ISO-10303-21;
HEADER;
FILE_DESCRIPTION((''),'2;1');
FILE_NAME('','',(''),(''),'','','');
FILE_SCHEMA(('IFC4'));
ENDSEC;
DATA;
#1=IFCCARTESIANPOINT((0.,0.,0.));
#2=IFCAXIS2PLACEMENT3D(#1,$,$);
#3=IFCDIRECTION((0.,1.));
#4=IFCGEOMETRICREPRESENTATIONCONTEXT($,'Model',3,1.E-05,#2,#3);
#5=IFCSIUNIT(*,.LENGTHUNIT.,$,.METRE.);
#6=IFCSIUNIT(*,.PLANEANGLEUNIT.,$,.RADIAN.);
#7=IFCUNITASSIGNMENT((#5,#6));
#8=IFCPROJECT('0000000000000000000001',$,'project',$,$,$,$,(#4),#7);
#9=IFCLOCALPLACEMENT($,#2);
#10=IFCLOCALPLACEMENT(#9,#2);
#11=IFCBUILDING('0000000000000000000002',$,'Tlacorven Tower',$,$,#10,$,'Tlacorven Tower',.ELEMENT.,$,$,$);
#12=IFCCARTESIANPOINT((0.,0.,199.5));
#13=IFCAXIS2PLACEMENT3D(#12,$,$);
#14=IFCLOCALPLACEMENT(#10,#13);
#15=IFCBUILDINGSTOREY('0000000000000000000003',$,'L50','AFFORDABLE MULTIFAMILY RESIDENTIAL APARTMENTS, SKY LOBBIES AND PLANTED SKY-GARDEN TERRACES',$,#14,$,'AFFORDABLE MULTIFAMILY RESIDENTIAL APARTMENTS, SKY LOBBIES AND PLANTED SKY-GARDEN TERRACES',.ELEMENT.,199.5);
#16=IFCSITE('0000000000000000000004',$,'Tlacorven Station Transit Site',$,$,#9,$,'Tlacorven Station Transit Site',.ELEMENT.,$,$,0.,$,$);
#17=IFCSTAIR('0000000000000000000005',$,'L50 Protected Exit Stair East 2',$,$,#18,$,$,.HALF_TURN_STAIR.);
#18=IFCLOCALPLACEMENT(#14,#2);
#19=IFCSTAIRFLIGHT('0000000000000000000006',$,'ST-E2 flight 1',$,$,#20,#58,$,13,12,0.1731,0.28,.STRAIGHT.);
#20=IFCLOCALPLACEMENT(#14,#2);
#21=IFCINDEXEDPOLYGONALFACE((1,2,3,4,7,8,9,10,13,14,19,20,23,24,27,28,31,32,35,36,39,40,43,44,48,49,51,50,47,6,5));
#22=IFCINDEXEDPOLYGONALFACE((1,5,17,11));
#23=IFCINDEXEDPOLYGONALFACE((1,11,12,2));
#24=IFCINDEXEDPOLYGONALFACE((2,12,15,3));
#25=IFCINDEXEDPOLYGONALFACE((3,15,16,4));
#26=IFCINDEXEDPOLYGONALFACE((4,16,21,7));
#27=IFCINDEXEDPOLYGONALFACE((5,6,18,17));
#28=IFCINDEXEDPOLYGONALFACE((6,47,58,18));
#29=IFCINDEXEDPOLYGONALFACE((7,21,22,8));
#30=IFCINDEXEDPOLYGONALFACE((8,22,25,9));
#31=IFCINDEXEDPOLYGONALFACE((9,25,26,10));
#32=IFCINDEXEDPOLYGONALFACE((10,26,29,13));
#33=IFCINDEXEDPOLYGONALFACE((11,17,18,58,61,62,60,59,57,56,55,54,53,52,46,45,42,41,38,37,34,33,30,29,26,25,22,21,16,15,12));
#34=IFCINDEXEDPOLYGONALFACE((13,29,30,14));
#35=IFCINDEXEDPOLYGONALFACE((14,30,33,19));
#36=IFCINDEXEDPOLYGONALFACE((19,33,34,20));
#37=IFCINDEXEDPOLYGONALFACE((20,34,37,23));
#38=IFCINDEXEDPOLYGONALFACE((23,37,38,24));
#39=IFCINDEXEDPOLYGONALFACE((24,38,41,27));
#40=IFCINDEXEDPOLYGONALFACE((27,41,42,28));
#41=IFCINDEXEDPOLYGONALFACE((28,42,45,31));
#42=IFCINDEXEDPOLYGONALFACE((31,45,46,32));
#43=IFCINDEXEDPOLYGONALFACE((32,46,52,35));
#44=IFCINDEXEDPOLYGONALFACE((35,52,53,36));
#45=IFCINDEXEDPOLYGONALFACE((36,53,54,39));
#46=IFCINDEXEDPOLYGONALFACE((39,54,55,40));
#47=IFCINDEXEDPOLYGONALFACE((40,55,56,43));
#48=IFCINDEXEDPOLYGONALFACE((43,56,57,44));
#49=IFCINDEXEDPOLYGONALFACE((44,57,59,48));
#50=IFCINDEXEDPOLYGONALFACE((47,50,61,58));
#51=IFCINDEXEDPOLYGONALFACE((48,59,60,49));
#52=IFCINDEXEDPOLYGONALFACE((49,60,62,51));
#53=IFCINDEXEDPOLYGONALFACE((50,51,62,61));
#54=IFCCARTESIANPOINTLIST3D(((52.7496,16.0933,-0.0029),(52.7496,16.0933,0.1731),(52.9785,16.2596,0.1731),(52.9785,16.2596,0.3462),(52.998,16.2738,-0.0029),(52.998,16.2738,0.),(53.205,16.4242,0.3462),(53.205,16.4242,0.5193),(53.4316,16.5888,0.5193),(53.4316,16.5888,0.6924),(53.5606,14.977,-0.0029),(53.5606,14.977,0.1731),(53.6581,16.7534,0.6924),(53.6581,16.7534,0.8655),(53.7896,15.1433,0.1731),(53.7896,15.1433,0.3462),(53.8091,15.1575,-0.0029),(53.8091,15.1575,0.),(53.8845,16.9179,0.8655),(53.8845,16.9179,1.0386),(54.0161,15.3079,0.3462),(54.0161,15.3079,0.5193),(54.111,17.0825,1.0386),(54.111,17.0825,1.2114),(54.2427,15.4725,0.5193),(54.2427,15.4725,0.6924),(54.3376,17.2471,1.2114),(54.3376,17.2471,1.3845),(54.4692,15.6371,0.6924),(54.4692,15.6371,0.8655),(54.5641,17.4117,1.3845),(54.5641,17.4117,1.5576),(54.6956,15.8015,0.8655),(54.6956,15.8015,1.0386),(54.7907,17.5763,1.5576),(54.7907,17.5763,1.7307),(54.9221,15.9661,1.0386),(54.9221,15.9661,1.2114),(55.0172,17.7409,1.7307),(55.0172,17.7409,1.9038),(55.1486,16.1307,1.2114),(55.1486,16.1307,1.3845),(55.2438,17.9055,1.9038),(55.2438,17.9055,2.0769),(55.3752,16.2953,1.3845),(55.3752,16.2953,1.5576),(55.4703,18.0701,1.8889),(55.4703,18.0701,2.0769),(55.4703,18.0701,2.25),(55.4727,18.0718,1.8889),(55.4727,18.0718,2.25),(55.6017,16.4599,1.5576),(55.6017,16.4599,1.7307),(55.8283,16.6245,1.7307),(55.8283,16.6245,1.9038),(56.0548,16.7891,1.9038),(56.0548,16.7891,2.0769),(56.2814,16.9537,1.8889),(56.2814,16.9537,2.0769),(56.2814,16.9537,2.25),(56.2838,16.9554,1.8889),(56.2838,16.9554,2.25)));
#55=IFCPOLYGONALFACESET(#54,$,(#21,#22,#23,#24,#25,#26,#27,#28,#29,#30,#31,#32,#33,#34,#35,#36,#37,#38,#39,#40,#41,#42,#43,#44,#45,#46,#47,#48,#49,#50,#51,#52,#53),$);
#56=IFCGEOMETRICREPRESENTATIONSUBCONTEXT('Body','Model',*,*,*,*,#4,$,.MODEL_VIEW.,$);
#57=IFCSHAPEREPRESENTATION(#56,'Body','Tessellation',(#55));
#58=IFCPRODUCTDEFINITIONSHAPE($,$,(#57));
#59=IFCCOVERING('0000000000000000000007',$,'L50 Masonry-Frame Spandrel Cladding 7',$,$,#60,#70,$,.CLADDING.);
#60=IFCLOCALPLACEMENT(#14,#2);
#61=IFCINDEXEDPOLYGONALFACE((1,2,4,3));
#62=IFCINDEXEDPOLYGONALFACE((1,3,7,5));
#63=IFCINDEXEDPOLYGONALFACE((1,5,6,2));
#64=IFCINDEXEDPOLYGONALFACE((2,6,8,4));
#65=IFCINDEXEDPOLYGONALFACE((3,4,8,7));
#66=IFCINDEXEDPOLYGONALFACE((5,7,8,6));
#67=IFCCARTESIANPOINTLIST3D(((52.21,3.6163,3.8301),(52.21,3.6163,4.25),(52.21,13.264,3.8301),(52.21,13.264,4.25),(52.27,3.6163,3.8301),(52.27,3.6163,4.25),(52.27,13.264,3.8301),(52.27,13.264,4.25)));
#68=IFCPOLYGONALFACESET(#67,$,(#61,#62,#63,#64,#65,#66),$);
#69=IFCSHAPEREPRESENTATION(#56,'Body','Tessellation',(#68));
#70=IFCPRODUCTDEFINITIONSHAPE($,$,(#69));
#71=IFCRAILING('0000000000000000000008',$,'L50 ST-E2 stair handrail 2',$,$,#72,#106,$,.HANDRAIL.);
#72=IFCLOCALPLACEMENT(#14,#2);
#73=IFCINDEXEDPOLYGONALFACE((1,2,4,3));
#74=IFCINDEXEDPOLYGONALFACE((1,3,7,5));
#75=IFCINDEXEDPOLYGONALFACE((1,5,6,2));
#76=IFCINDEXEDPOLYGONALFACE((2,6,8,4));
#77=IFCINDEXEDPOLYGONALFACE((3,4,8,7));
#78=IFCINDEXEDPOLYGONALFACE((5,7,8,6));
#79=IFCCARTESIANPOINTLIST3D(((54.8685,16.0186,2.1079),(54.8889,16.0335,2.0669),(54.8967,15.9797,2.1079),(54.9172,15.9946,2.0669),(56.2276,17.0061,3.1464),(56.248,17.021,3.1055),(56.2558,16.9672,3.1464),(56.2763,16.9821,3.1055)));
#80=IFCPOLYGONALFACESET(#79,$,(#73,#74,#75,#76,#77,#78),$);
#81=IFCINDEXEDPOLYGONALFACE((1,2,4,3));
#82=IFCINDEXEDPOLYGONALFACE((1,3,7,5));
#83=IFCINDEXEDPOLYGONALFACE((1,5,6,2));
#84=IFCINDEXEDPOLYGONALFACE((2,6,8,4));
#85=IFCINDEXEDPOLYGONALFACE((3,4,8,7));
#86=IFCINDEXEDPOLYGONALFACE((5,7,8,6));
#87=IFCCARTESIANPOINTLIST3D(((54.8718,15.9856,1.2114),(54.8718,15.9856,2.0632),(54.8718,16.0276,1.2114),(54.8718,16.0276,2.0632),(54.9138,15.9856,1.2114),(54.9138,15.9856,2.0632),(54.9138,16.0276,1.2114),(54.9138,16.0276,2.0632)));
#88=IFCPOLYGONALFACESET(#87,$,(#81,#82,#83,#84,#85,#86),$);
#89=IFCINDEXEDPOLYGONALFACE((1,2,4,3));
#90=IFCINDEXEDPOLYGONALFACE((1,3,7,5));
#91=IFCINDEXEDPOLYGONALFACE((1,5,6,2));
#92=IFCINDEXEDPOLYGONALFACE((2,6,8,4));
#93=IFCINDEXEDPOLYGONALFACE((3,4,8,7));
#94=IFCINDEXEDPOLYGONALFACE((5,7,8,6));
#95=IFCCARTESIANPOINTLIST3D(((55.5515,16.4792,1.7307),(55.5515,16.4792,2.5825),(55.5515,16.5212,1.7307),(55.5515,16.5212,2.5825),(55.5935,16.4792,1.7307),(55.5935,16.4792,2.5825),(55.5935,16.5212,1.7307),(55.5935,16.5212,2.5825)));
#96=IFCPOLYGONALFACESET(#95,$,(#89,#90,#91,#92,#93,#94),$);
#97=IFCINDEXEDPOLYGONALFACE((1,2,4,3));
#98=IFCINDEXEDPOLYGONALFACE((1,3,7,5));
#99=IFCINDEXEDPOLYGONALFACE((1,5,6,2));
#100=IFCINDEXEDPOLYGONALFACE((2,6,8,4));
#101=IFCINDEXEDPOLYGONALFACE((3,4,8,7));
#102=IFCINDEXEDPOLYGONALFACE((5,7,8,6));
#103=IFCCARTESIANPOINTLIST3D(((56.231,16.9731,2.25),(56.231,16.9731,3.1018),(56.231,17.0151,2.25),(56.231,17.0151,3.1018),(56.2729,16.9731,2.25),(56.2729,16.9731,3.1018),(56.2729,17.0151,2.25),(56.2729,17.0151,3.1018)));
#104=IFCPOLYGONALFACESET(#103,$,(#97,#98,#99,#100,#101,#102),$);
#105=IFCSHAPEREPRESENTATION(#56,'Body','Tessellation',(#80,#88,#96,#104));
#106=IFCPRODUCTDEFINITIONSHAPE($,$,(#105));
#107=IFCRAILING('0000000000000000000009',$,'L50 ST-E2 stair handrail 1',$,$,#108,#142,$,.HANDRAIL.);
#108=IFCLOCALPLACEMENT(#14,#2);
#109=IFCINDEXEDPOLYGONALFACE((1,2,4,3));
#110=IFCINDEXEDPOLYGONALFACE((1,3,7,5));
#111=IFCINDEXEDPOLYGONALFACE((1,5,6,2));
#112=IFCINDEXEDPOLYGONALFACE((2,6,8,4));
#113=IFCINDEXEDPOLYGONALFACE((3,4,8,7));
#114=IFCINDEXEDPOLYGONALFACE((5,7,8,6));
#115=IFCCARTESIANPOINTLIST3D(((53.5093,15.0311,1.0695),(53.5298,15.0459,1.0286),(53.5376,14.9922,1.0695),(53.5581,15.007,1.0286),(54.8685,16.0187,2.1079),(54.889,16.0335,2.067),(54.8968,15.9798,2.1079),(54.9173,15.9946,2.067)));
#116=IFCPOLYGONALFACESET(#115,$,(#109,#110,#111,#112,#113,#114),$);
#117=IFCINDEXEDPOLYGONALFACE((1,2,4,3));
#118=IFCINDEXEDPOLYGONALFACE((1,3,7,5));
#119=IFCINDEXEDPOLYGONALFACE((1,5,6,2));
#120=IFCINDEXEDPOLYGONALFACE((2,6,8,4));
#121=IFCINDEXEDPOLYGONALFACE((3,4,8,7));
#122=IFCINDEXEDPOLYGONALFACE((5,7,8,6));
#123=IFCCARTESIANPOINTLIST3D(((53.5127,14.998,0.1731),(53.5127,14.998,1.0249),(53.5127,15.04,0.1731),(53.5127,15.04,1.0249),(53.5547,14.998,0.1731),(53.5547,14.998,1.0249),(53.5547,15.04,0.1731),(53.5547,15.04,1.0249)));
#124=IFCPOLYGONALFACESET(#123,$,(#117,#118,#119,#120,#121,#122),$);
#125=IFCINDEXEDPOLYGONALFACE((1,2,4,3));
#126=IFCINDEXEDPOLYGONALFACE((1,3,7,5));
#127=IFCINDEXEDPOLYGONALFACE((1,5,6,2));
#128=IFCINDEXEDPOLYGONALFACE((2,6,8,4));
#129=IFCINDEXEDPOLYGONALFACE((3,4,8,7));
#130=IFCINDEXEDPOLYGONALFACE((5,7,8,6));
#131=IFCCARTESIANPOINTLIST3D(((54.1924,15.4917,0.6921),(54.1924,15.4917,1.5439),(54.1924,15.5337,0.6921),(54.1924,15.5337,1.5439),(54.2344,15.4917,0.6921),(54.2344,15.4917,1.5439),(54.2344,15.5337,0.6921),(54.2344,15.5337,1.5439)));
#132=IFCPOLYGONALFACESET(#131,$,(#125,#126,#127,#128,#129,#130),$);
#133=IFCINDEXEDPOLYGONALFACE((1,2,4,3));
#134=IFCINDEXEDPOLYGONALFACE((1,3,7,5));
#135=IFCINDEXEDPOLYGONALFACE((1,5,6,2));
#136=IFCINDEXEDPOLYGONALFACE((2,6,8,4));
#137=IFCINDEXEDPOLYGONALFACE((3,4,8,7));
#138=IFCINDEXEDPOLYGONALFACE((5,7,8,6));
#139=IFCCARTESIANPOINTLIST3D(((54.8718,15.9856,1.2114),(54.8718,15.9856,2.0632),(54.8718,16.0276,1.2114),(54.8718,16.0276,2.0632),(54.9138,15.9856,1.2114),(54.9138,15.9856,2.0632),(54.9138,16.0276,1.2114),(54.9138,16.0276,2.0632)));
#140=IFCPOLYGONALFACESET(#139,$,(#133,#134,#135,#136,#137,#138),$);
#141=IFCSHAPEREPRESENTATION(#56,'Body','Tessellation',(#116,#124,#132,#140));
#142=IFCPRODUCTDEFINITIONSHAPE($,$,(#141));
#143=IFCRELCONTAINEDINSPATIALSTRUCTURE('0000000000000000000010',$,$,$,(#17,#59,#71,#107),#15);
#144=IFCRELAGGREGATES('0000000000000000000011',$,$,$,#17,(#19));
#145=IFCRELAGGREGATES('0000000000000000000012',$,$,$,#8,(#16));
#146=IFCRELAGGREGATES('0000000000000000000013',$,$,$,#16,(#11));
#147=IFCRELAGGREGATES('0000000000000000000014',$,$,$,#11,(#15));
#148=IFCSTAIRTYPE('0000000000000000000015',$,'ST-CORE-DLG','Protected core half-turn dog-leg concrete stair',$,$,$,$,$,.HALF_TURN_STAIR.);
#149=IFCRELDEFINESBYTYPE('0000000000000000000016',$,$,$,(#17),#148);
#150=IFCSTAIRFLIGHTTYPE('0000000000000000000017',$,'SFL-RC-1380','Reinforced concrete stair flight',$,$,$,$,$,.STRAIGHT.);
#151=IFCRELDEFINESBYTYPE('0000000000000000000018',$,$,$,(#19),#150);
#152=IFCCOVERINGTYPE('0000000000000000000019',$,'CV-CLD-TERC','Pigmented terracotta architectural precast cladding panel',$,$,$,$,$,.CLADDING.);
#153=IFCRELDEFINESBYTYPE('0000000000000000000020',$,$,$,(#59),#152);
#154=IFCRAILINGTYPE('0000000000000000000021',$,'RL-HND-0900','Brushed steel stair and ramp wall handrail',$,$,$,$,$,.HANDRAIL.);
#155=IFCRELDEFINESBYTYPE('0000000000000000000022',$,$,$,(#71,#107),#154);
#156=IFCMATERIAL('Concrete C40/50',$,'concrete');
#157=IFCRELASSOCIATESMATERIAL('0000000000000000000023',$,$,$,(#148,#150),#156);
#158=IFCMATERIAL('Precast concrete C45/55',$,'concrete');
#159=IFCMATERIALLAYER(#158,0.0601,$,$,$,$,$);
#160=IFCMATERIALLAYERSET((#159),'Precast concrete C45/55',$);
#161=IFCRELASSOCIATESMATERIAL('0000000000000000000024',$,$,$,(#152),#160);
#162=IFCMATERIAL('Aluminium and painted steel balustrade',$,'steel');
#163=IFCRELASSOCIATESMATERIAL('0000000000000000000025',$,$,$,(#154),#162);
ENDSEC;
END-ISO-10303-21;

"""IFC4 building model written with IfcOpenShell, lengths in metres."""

from ifc_helpers import new_model, si_unit, direction, frame, origin, origin_2d, place, context, subcontext, project, spatial, polyline, rectangle, outline, extrude, source, transform, mapped, material, layer, layer_set, type_object, element, aggregate, save


model = new_model("IFC4")

# Units and contexts
model_context = context("Model", 3, precision=1e-05, world=origin(), true_north=direction((0.0, 1.0)))
body_context = subcontext(model_context, "Body", "Model", "MODEL_VIEW")
ifc_project = project(units=[si_unit("LENGTHUNIT", "METRE"), si_unit("PLANEANGLEUNIT", "RADIAN")], contexts=[model_context])

# Site, building, storey
site_placement = place(None, origin())
site = spatial("IfcSite", under=ifc_project, at=site_placement, Name="Tlacorven Station Transit Site", LongName="Tlacorven Station Transit Site", CompositionType="ELEMENT", RefElevation=0.0)
building_placement = place(site_placement, origin())
building = spatial("IfcBuilding", under=site, at=building_placement, Name="Tlacorven Tower", LongName="Tlacorven Tower", CompositionType="ELEMENT")
storey_placement = place(building_placement, frame((0.0, 0.0, 199.5)))
storey = spatial("IfcBuildingStorey", under=building, at=storey_placement, Name="L50", Description="AFFORDABLE MULTIFAMILY RESIDENTIAL APARTMENTS, SKY LOBBIES AND PLANTED SKY-GARDEN TERRACES", LongName="AFFORDABLE MULTIFAMILY RESIDENTIAL APARTMENTS, SKY LOBBIES AND PLANTED SKY-GARDEN TERRACES", CompositionType="ELEMENT", Elevation=199.5)

# Shared definitions
ifc_material_1 = material(Name="Precast concrete C45/55", Category="concrete")

# Stair, stair flight
ifc_material_2 = material(Name="Concrete C40/50", Category="concrete")
stair_type = type_object("IfcStairType", Name="ST-CORE-DLG", Description="Protected core half-turn dog-leg concrete stair", PredefinedType="HALF_TURN_STAIR", material=ifc_material_2)
stair_placement = place(storey_placement, origin())
stair = element("IfcStair", 1, at=stair_placement, inside=storey, type_object=stair_type, Name="L50 Protected Exit Stair East 2", PredefinedType="HALF_TURN_STAIR")
stair_flight_type = type_object("IfcStairFlightType", Name="SFL-RC-1380", Description="Reinforced concrete stair flight", PredefinedType="STRAIGHT", material=ifc_material_2)
shared_shape_1 = source(origin(), body_context, "Body", "SweptSolid", [
    extrude(outline(polyline([(-0.0029, -0.0029), (-0.0029, 0.1731), (0.28, 0.1731), (0.28, 0.3462), (0.5601, 0.3462), (0.5601, 0.5193), (0.8401, 0.5193), (0.8401, 0.6924), (1.1201, 0.6924), (1.1201, 0.8655), (1.3999, 0.8655), (1.3999, 1.0386), (1.6799, 1.0386), (1.6799, 1.2114), (1.96, 1.2114), (1.96, 1.3845), (2.24, 1.3845), (2.24, 1.5576), (2.52, 1.5576), (2.52, 1.7307), (2.8, 1.7307), (2.8, 1.9038), (3.0801, 1.9038), (3.0801, 2.0769), (3.3601, 2.0769), (3.3601, 2.25), (3.363, 2.25), (3.363, 1.8889), (3.3601, 1.8889), (0.3042, 0.0), (0.3042, -0.0029), (-0.0029, -0.0029)])), frame((0.0, 0.6899, 0.0), z_axis=(0.0, -1.0, 0.0), x_axis=(1.0, 0.0, 0.0)), (0.0, 0.0, 1.0), 1.3799),
])
stair_flight_placement = place(storey_placement, frame((53.1575, 15.5369, 0.0), z_axis=(0.0, 0.0, 1.0), x_axis=(0.809017, 0.587785, 0.0)))
stair_flight = element("IfcStairFlight", 2, at=stair_flight_placement, type_object=stair_flight_type, Name="ST-E2 flight 1", NumberOfRisers=13, NumberOfTreads=12, PredefinedType="STRAIGHT", RiserHeight=0.1731, TreadLength=0.28, context=body_context, shape_type="MappedRepresentation", body=[
    mapped(shared_shape_1, transform((0.0, 0.0, 0.0), scale=1.0)),
])
aggregate(stair, [stair_flight])

# Covering
ifc_layer_1 = layer(ifc_material_1, 0.0601)
ifc_layer_set_1 = layer_set([ifc_layer_1], Name="Precast concrete C45/55")
covering_type = type_object("IfcCoveringType", Name="CV-CLD-TERC", Description="Pigmented terracotta architectural precast cladding panel", PredefinedType="CLADDING", material=ifc_layer_set_1)
shared_shape_2 = source(origin(), body_context, "Body", "SweptSolid", [
    extrude(rectangle(XDim=9.6477, YDim=0.0601, at=origin_2d()), origin(), (0.0, 0.0, 1.0), 0.4199),
])
covering_placement = place(storey_placement, frame((52.24, 8.4402, 3.8301), z_axis=(0.0, 0.0, 1.0), x_axis=(0.0, -1.0, 0.0)))
element("IfcCovering", 3, at=covering_placement, inside=storey, type_object=covering_type, Name="L50 Masonry-Frame Spandrel Cladding 7", PredefinedType="CLADDING", context=body_context, shape_type="MappedRepresentation", body=[
    mapped(shared_shape_2, transform((0.0, 0.0, 0.0), scale=1.0)),
])

# Railings
ifc_material_3 = material(Name="Aluminium and painted steel balustrade", Category="steel")
railing_type = type_object("IfcRailingType", Name="RL-HND-0900", Description="Brushed steel stair and ramp wall handrail", PredefinedType="HANDRAIL", material=ifc_material_3)
shared_shape_3 = source(origin(), body_context, "Body", "SweptSolid", [
    extrude(rectangle(XDim=0.0481, YDim=0.0481, at=origin_2d()), frame((0.0, 0.0, 0.876), z_axis=(0.688123, 0.499993, 0.525827), x_axis=(-0.587817, 0.808994, 0.0)), (0.0, 0.0, 1.0), 1.9751),
    extrude(rectangle(XDim=0.042, YDim=0.042, at=origin_2d()), origin(), (0.0, 0.0, 1.0), 0.8518),
    extrude(rectangle(XDim=0.042, YDim=0.042, at=origin_2d()), frame((0.6797, 0.4937, 0.5193)), (0.0, 0.0, 1.0), 0.8518),
    extrude(rectangle(XDim=0.042, YDim=0.042, at=origin_2d()), frame((1.3591, 0.9875, 1.0386)), (0.0, 0.0, 1.0), 0.8518),
])
railing_1_placement = place(storey_placement, frame((54.8928, 16.0066, 1.2114)))
element("IfcRailing", 4, at=railing_1_placement, inside=storey, type_object=railing_type, Name="L50 ST-E2 stair handrail 2", PredefinedType="HANDRAIL", context=body_context, shape_type="MappedRepresentation", body=[
    mapped(shared_shape_3, transform((0.0, 0.0, 0.0), scale=1.0)),
])
shared_shape_4 = source(origin(), body_context, "Body", "SweptSolid", [
    extrude(rectangle(XDim=0.0481, YDim=0.0481, at=origin_2d()), frame((0.0, 0.0, 0.876), z_axis=(0.688168, 0.500025, 0.525737), x_axis=(-0.587817, 0.808994, 0.0)), (0.0, 0.0, 1.0), 1.9751),
    extrude(rectangle(XDim=0.042, YDim=0.042, at=origin_2d()), origin(), (0.0, 0.0, 1.0), 0.8518),
    extrude(rectangle(XDim=0.042, YDim=0.042, at=origin_2d()), frame((0.6797, 0.4937, 0.519)), (0.0, 0.0, 1.0), 0.8518),
    extrude(rectangle(XDim=0.042, YDim=0.042, at=origin_2d()), frame((1.3591, 0.9875, 1.0383)), (0.0, 0.0, 1.0), 0.8518),
])
railing_2_placement = place(storey_placement, frame((53.5337, 15.019, 0.1731)))
element("IfcRailing", 5, at=railing_2_placement, inside=storey, type_object=railing_type, Name="L50 ST-E2 stair handrail 1", PredefinedType="HANDRAIL", context=body_context, shape_type="MappedRepresentation", body=[
    mapped(shared_shape_4, transform((0.0, 0.0, 0.0), scale=1.0)),
])

save(model, "model.ifc")
